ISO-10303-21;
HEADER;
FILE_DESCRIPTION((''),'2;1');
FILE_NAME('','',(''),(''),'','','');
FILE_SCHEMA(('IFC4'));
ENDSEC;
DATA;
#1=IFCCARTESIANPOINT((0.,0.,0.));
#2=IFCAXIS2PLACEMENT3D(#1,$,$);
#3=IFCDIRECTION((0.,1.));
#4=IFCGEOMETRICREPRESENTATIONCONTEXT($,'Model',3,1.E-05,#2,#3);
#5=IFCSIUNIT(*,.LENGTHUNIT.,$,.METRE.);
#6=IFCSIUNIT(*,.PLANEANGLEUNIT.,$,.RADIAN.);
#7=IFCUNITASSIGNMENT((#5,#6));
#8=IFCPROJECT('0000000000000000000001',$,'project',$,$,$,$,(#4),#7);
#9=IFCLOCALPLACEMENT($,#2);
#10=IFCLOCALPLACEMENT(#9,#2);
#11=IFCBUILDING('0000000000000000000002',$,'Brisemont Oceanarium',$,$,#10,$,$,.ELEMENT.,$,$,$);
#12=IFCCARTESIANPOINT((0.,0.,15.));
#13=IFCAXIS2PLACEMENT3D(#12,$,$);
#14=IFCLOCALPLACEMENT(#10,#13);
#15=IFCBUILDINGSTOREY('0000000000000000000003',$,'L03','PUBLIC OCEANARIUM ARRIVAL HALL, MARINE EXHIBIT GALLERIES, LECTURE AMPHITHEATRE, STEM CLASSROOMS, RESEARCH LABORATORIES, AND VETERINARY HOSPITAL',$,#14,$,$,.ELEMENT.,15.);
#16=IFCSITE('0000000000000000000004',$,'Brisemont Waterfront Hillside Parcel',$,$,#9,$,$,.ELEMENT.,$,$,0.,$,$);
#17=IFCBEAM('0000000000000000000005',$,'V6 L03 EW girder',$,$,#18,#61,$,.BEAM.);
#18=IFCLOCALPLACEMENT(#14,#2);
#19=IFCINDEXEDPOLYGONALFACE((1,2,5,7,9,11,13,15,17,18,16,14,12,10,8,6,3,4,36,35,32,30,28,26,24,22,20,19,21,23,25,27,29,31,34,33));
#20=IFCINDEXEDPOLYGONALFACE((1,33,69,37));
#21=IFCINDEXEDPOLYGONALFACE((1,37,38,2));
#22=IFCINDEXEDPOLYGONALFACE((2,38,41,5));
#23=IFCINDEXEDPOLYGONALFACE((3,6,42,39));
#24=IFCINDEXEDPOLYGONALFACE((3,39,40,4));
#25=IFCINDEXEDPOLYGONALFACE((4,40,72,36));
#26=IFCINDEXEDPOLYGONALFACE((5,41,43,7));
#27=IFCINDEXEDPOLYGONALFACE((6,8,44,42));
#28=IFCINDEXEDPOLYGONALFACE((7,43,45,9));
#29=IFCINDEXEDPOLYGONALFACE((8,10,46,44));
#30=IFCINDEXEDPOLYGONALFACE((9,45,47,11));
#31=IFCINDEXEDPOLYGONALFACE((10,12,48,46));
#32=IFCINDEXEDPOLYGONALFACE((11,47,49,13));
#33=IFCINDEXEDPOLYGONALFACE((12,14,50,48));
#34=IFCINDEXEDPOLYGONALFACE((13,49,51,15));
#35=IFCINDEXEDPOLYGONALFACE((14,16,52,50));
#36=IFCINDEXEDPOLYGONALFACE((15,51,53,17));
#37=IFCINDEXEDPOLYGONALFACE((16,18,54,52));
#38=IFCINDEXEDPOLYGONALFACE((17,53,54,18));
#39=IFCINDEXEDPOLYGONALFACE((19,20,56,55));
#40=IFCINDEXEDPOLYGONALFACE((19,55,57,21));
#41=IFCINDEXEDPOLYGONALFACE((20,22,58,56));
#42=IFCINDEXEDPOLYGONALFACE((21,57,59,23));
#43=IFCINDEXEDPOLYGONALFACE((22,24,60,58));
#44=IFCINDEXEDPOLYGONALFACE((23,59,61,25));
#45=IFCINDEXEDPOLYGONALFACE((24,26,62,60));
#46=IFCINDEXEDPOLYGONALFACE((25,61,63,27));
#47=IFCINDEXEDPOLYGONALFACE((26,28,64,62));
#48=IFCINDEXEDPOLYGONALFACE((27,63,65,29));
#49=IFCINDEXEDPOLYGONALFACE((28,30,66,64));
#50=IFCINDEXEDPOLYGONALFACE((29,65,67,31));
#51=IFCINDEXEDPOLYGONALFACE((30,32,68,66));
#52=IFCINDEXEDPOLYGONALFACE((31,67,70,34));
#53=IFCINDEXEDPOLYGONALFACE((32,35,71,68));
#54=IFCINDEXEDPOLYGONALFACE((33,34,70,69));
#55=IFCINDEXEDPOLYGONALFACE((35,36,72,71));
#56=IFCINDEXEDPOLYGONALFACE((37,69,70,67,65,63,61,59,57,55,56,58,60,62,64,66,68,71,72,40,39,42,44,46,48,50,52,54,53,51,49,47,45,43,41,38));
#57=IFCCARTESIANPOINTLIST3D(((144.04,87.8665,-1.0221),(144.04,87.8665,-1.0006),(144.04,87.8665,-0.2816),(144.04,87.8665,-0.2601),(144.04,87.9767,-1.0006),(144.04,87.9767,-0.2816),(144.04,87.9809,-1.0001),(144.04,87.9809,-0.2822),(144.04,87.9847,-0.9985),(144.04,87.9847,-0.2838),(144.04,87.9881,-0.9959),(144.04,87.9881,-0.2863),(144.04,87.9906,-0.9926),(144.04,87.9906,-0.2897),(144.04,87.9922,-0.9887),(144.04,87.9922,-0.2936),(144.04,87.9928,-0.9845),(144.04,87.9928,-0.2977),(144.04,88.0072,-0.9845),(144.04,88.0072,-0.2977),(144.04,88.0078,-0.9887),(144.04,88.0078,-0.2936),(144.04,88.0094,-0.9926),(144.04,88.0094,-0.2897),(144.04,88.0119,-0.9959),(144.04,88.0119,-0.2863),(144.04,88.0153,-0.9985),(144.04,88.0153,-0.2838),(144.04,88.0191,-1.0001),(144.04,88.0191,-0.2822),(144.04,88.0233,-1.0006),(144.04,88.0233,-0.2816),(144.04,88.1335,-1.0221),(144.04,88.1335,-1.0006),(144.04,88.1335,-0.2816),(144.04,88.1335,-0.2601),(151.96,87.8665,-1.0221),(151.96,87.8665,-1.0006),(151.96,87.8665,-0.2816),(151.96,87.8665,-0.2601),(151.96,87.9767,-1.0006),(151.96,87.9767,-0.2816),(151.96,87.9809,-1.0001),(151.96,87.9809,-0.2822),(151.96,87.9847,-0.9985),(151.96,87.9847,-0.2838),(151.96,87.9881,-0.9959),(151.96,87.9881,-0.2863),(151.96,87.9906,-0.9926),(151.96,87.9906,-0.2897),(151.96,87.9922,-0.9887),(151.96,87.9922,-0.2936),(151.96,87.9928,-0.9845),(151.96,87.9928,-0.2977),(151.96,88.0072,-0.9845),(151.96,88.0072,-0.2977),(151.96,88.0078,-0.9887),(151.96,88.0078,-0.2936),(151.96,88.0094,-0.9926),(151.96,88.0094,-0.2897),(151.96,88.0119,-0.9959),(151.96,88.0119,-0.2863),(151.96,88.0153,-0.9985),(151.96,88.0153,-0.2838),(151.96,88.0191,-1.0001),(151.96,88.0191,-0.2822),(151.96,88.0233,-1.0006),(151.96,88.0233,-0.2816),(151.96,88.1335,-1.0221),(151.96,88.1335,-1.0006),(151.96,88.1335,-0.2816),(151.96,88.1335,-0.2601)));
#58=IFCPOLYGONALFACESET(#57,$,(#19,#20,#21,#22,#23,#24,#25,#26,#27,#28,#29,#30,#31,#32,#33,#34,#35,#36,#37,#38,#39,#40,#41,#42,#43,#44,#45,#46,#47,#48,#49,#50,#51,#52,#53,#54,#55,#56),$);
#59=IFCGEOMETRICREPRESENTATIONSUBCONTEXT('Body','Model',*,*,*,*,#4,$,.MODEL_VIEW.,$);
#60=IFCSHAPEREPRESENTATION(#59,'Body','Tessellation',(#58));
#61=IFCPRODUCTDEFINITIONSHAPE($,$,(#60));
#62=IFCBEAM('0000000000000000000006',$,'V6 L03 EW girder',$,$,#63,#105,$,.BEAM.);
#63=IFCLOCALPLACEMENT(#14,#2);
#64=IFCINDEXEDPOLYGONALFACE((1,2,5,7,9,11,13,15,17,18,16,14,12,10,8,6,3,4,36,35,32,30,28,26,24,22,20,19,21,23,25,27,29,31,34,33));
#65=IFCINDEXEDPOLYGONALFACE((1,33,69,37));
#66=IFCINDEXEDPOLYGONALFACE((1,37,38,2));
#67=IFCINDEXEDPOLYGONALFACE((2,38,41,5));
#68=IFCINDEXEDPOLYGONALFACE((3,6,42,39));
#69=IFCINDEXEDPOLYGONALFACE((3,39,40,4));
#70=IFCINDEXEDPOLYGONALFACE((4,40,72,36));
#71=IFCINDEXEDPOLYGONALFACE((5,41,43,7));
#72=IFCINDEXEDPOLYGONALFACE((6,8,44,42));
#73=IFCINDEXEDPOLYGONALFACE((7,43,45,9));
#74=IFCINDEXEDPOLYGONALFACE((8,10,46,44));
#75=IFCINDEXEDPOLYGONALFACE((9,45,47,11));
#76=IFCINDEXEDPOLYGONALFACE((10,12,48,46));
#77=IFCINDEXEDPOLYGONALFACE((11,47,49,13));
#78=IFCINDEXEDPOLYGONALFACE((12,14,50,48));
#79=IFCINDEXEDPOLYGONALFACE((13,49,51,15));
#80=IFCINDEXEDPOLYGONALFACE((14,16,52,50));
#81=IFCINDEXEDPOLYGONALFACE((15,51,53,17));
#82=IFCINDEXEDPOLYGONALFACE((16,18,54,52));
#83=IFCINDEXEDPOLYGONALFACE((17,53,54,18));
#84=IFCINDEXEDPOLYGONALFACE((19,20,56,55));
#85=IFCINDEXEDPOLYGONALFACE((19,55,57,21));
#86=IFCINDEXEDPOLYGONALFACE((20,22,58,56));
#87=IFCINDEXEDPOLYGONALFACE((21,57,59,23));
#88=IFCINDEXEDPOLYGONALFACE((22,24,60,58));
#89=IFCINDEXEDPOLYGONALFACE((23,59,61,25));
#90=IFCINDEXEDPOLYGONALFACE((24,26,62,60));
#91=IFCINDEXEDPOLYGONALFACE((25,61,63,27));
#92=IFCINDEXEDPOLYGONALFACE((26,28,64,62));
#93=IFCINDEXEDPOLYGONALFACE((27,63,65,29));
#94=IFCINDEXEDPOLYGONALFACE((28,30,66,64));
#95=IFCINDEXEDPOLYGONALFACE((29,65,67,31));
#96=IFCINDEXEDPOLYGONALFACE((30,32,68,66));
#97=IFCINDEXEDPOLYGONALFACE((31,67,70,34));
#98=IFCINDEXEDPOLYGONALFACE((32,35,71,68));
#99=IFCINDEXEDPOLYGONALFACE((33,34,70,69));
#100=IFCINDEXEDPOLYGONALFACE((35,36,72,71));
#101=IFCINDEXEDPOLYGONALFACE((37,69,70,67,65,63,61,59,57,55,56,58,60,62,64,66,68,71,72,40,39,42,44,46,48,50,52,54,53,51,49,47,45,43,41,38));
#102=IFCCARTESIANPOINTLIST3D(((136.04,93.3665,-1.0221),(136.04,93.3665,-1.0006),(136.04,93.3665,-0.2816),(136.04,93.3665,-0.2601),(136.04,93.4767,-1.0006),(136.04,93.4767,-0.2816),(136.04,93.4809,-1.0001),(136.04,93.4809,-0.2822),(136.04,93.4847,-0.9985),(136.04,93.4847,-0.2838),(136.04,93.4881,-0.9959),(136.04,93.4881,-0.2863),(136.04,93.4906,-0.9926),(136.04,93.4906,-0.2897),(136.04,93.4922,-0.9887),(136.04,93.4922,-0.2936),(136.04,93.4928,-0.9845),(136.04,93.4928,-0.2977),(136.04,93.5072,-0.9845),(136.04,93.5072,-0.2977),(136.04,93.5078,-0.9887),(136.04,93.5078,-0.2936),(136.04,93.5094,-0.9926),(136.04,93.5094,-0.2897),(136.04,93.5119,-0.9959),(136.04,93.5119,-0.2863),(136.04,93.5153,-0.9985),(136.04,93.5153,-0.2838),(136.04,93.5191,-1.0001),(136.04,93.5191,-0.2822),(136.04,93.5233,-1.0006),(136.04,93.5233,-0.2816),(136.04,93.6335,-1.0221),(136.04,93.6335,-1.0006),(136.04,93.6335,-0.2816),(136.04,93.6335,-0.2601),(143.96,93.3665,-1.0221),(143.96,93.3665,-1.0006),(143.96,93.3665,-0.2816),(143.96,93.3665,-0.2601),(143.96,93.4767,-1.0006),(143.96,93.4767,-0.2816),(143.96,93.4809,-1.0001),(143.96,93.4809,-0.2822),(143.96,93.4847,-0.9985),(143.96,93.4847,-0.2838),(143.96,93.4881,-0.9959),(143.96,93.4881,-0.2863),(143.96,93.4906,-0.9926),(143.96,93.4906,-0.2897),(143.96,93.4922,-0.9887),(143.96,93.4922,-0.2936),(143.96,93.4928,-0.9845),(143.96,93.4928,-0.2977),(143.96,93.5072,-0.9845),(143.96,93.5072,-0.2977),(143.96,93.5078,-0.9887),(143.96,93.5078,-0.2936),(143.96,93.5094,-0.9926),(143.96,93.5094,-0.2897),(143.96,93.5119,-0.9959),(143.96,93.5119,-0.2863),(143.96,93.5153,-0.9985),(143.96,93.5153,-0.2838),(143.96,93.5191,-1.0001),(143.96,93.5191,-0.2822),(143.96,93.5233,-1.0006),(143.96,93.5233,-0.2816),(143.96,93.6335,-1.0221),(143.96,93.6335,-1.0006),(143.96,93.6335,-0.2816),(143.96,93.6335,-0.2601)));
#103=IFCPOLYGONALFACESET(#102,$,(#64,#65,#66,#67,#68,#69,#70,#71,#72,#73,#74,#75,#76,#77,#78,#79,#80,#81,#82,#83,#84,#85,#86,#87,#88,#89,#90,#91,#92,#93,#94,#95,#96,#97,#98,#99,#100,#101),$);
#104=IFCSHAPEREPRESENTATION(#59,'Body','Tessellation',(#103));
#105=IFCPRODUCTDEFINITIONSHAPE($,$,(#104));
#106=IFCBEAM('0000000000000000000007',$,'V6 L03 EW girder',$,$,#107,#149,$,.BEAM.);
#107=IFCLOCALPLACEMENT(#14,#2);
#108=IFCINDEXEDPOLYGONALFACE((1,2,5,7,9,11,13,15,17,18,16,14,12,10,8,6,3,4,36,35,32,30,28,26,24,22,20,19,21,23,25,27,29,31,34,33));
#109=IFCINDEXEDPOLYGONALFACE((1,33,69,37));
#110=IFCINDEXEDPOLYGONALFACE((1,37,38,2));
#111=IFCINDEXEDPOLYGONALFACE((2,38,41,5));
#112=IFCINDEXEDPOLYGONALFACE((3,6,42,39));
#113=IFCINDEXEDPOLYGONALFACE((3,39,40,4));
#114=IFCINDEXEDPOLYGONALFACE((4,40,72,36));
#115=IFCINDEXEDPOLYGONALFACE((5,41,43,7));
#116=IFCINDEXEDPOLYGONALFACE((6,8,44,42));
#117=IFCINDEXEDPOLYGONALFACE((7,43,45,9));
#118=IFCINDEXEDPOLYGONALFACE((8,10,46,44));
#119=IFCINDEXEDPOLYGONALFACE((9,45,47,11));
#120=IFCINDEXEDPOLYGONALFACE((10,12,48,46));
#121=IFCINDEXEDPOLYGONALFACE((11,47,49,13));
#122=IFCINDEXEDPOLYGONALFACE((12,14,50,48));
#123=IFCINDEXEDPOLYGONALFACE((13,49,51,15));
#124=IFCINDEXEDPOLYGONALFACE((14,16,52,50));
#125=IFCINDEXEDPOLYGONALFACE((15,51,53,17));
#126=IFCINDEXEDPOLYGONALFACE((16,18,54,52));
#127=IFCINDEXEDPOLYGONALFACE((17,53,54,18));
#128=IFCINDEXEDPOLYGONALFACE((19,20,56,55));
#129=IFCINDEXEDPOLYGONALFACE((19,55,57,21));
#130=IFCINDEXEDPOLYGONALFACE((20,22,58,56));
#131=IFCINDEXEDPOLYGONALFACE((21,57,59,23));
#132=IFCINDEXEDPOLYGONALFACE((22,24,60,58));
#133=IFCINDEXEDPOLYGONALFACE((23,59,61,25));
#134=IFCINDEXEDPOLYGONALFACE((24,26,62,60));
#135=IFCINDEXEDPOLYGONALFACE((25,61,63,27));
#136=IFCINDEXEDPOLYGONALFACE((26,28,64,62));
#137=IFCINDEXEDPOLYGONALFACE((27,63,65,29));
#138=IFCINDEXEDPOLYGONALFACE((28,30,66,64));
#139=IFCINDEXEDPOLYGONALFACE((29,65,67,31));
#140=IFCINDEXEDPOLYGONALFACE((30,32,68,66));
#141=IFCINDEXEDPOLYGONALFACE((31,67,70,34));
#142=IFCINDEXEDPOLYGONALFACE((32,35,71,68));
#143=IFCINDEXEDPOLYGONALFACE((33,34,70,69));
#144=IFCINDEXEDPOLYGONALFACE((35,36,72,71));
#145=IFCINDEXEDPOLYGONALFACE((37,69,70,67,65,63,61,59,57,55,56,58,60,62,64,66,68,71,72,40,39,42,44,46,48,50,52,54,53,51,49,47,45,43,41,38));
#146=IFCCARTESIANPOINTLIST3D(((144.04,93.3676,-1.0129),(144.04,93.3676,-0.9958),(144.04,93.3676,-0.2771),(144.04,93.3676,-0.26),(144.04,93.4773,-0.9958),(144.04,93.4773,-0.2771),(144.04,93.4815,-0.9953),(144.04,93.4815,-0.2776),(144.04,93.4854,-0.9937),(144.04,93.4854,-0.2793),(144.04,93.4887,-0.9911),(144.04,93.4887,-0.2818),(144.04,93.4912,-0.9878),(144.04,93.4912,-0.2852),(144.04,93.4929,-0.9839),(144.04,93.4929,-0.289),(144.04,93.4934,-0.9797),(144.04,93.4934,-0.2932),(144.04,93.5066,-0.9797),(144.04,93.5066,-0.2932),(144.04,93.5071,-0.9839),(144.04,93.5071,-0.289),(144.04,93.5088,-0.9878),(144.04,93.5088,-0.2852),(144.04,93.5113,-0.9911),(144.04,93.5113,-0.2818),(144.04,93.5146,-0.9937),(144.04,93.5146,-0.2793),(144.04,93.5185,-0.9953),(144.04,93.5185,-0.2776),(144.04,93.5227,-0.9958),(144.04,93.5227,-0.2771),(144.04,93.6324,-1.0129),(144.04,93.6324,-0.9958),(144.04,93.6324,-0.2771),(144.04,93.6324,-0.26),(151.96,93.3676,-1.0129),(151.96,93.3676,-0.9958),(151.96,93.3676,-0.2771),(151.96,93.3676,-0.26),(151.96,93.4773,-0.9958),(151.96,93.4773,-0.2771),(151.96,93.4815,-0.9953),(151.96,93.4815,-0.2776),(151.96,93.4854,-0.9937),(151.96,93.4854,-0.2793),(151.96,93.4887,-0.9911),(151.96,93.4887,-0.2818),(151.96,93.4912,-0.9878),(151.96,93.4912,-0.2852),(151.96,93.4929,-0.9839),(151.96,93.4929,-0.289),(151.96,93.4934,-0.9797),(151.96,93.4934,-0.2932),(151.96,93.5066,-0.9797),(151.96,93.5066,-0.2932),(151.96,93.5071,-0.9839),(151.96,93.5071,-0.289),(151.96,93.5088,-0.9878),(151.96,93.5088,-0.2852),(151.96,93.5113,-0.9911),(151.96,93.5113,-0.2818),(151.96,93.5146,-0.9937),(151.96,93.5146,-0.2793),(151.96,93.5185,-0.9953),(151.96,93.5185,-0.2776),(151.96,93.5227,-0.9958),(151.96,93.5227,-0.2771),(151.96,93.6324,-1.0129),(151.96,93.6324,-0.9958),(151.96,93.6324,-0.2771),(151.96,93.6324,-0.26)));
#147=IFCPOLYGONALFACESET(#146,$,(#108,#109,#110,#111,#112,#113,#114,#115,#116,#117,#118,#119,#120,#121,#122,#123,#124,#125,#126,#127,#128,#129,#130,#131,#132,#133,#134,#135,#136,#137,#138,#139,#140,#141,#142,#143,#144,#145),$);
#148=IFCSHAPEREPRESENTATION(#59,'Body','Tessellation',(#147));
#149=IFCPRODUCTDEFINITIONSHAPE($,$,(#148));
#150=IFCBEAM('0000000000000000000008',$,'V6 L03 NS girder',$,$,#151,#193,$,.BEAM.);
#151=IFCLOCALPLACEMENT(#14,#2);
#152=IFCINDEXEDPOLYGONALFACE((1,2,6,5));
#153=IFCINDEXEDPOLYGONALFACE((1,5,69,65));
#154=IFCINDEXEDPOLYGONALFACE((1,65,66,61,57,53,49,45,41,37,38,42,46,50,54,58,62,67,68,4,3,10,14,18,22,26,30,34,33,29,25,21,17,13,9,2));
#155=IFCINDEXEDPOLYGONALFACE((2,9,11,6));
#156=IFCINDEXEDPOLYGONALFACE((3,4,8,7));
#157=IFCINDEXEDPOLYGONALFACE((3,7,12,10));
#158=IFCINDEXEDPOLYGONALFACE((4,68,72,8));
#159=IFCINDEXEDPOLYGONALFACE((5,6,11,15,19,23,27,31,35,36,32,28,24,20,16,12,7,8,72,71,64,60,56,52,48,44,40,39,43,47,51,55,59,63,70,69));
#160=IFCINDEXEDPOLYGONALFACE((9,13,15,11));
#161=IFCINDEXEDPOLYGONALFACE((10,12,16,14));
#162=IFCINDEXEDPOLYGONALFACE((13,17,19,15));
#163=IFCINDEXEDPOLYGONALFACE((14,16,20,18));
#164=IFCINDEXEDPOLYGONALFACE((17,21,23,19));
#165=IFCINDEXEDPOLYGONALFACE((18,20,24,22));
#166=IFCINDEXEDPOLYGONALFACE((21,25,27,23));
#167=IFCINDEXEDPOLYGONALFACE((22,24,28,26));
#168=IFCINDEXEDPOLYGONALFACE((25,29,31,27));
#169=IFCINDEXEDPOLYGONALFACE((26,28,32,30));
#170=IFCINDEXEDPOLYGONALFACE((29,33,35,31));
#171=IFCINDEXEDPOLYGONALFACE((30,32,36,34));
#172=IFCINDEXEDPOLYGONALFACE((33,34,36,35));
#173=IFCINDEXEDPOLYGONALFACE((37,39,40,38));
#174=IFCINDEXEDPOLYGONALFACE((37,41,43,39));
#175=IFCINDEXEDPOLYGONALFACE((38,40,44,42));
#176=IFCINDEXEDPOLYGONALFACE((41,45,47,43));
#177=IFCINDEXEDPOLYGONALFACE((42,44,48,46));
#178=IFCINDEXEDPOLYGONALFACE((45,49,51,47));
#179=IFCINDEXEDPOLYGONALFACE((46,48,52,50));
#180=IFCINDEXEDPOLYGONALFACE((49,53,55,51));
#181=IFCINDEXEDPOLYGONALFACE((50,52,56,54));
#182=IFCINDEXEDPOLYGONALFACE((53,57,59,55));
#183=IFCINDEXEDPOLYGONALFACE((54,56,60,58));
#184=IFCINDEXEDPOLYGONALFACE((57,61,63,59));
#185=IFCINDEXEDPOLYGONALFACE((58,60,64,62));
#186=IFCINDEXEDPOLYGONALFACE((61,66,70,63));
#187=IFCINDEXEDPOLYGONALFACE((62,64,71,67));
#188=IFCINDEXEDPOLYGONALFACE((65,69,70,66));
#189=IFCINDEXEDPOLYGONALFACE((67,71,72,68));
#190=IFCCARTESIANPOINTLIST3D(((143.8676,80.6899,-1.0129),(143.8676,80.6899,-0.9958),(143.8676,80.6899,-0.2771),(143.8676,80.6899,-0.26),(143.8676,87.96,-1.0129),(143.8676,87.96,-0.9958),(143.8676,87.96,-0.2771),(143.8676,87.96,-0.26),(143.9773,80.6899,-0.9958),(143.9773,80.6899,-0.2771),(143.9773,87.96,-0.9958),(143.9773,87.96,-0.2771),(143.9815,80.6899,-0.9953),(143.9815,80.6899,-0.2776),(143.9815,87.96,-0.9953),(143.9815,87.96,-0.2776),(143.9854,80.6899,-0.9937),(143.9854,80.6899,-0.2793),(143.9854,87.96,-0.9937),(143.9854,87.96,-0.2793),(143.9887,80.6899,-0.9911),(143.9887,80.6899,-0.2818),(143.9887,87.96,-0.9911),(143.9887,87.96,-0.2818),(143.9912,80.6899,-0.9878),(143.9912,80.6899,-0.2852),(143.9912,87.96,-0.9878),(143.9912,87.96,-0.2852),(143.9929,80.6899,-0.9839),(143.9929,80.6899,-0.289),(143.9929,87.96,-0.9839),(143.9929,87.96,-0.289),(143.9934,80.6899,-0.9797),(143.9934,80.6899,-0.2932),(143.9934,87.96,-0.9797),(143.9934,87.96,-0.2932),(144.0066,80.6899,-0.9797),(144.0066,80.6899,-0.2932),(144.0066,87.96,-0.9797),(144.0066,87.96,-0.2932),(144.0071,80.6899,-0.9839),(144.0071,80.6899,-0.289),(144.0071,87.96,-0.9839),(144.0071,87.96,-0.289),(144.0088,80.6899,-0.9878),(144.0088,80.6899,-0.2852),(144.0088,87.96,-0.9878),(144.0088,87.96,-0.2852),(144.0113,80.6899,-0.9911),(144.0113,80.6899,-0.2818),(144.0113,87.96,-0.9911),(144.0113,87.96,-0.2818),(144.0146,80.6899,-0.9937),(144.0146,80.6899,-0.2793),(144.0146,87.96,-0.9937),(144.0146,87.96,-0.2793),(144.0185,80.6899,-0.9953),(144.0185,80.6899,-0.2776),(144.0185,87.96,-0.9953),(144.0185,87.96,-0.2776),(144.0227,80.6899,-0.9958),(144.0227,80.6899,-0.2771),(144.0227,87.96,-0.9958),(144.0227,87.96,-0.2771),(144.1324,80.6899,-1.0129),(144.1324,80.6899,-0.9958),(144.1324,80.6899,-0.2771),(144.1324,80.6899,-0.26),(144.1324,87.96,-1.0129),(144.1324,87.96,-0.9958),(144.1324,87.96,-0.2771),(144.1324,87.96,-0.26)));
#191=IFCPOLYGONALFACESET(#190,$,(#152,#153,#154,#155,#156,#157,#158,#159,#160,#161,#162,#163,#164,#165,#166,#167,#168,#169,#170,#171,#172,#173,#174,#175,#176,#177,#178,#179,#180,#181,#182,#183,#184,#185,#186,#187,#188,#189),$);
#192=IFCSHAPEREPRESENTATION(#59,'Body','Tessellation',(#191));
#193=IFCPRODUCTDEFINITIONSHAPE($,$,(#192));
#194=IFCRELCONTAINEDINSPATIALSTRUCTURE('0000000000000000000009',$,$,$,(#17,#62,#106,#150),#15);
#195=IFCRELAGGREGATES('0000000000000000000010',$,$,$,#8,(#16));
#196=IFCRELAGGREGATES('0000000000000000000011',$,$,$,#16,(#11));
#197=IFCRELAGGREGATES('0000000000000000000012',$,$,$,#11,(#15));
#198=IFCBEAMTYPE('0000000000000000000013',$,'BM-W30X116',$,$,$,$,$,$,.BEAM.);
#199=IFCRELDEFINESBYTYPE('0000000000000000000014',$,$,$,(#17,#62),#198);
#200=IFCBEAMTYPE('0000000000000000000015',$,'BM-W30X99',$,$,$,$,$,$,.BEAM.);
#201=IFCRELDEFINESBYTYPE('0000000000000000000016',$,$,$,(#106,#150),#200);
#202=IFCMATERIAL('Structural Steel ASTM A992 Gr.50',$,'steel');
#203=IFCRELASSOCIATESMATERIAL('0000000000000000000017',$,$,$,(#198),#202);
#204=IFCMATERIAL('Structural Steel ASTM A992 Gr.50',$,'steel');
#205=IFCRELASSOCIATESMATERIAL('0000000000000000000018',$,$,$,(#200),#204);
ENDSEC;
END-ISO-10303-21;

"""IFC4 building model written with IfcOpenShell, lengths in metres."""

from ifc_helpers import new_model, si_unit, direction, frame, origin, origin_2d, place, context, subcontext, project, spatial, i_section, extrude, material, material_profile, profile_set, type_object, element, save


model = new_model("IFC4")

# Units and contexts
model_context = context("Model", 3, precision=1e-05, world=origin(), true_north=direction((0.0, 1.0)))
body_context = subcontext(model_context, "Body", "Model", "MODEL_VIEW")
ifc_project = project(units=[si_unit("LENGTHUNIT", "METRE"), si_unit("PLANEANGLEUNIT", "RADIAN")], contexts=[model_context])

# Site, building, storey
site_placement = place(None, origin())
site = spatial("IfcSite", under=ifc_project, at=site_placement, Name="Brisemont Waterfront Hillside Parcel", CompositionType="ELEMENT", RefElevation=0.0)
building_placement = place(site_placement, origin())
building = spatial("IfcBuilding", under=site, at=building_placement, Name="Brisemont Oceanarium", CompositionType="ELEMENT")
storey_placement = place(building_placement, frame((0.0, 0.0, 15.0)))
storey = spatial("IfcBuildingStorey", under=building, at=storey_placement, Name="L03", Description="PUBLIC OCEANARIUM ARRIVAL HALL, MARINE EXHIBIT GALLERIES, LECTURE AMPHITHEATRE, STEM CLASSROOMS, RESEARCH LABORATORIES, AND VETERINARY HOSPITAL", CompositionType="ELEMENT", Elevation=15.0)

# Beams
ifc_material_1 = material(Name="Structural Steel ASTM A992 Gr.50", Category="steel")
ifc_material_profile_1 = material_profile(ifc_material_1, i_section(OverallWidth=0.2671, OverallDepth=0.762, WebThickness=0.0144, FlangeThickness=0.0215, FilletRadius=0.0161, at=origin_2d()), Name="W30X116")
ifc_profile_set_1 = profile_set([ifc_material_profile_1], Name="Structural Steel ASTM A992 Gr.50")
beam_type_1 = type_object("IfcBeamType", Name="BM-W30X116", PredefinedType="BEAM", material=ifc_profile_set_1)
for number, where, z_axis, x_axis, name in (
    (1, (144.04, 88.0, -0.6411), (1.0, 0.0, 0.0), (0.0, 1.0, 0.0), "V6 L03 EW girder"),
    (2, (136.04, 93.5, -0.6411), (1.0, 0.0, 0.0), (0.0, 1.0, 0.0), "V6 L03 EW girder"),
):
    element("IfcBeam", number, at=place(storey_placement, frame(where, z_axis=z_axis, x_axis=x_axis)), inside=storey, type_object=beam_type_1, Name=name, PredefinedType="BEAM", context=body_context, shape_type="SweptSolid", body=[
        extrude(i_section(OverallWidth=0.2671, OverallDepth=0.762, WebThickness=0.0144, FlangeThickness=0.0215, FilletRadius=0.0161, at=origin_2d()), origin(), (0.0, 0.0, 1.0), 7.9199),
    ])
ifc_material_2 = material(Name="Structural Steel ASTM A992 Gr.50", Category="steel")
ifc_material_profile_2 = material_profile(ifc_material_2, i_section(OverallWidth=0.2649, OverallDepth=0.7529, WebThickness=0.0132, FlangeThickness=0.0171, FilletRadius=0.0161, at=origin_2d()), Name="W30X99")
ifc_profile_set_2 = profile_set([ifc_material_profile_2], Name="Structural Steel ASTM A992 Gr.50")
beam_type_2 = type_object("IfcBeamType", Name="BM-W30X99", PredefinedType="BEAM", material=ifc_profile_set_2)
beam_1_placement = place(storey_placement, frame((144.04, 93.5, -0.6365), z_axis=(1.0, 0.0, 0.0), x_axis=(0.0, 1.0, 0.0)))
element("IfcBeam", 3, at=beam_1_placement, inside=storey, type_object=beam_type_2, Name="V6 L03 EW girder", PredefinedType="BEAM", context=body_context, shape_type="SweptSolid", body=[
    extrude(i_section(OverallWidth=0.2649, OverallDepth=0.7529, WebThickness=0.0132, FlangeThickness=0.0171, FilletRadius=0.0161, at=origin_2d()), origin(), (0.0, 0.0, 1.0), 7.9199),
])
beam_2_placement = place(storey_placement, frame((144.0, 80.6899, -0.6365), z_axis=(0.0, 1.0, 0.0), x_axis=(-1.0, 0.0, 0.0)))
element("IfcBeam", 4, at=beam_2_placement, inside=storey, type_object=beam_type_2, Name="V6 L03 NS girder", PredefinedType="BEAM", context=body_context, shape_type="SweptSolid", body=[
    extrude(i_section(OverallWidth=0.2649, OverallDepth=0.7529, WebThickness=0.0132, FlangeThickness=0.0171, FilletRadius=0.0161, at=origin_2d()), origin(), (0.0, 0.0, 1.0), 7.27),
])

save(model, "model.ifc")
